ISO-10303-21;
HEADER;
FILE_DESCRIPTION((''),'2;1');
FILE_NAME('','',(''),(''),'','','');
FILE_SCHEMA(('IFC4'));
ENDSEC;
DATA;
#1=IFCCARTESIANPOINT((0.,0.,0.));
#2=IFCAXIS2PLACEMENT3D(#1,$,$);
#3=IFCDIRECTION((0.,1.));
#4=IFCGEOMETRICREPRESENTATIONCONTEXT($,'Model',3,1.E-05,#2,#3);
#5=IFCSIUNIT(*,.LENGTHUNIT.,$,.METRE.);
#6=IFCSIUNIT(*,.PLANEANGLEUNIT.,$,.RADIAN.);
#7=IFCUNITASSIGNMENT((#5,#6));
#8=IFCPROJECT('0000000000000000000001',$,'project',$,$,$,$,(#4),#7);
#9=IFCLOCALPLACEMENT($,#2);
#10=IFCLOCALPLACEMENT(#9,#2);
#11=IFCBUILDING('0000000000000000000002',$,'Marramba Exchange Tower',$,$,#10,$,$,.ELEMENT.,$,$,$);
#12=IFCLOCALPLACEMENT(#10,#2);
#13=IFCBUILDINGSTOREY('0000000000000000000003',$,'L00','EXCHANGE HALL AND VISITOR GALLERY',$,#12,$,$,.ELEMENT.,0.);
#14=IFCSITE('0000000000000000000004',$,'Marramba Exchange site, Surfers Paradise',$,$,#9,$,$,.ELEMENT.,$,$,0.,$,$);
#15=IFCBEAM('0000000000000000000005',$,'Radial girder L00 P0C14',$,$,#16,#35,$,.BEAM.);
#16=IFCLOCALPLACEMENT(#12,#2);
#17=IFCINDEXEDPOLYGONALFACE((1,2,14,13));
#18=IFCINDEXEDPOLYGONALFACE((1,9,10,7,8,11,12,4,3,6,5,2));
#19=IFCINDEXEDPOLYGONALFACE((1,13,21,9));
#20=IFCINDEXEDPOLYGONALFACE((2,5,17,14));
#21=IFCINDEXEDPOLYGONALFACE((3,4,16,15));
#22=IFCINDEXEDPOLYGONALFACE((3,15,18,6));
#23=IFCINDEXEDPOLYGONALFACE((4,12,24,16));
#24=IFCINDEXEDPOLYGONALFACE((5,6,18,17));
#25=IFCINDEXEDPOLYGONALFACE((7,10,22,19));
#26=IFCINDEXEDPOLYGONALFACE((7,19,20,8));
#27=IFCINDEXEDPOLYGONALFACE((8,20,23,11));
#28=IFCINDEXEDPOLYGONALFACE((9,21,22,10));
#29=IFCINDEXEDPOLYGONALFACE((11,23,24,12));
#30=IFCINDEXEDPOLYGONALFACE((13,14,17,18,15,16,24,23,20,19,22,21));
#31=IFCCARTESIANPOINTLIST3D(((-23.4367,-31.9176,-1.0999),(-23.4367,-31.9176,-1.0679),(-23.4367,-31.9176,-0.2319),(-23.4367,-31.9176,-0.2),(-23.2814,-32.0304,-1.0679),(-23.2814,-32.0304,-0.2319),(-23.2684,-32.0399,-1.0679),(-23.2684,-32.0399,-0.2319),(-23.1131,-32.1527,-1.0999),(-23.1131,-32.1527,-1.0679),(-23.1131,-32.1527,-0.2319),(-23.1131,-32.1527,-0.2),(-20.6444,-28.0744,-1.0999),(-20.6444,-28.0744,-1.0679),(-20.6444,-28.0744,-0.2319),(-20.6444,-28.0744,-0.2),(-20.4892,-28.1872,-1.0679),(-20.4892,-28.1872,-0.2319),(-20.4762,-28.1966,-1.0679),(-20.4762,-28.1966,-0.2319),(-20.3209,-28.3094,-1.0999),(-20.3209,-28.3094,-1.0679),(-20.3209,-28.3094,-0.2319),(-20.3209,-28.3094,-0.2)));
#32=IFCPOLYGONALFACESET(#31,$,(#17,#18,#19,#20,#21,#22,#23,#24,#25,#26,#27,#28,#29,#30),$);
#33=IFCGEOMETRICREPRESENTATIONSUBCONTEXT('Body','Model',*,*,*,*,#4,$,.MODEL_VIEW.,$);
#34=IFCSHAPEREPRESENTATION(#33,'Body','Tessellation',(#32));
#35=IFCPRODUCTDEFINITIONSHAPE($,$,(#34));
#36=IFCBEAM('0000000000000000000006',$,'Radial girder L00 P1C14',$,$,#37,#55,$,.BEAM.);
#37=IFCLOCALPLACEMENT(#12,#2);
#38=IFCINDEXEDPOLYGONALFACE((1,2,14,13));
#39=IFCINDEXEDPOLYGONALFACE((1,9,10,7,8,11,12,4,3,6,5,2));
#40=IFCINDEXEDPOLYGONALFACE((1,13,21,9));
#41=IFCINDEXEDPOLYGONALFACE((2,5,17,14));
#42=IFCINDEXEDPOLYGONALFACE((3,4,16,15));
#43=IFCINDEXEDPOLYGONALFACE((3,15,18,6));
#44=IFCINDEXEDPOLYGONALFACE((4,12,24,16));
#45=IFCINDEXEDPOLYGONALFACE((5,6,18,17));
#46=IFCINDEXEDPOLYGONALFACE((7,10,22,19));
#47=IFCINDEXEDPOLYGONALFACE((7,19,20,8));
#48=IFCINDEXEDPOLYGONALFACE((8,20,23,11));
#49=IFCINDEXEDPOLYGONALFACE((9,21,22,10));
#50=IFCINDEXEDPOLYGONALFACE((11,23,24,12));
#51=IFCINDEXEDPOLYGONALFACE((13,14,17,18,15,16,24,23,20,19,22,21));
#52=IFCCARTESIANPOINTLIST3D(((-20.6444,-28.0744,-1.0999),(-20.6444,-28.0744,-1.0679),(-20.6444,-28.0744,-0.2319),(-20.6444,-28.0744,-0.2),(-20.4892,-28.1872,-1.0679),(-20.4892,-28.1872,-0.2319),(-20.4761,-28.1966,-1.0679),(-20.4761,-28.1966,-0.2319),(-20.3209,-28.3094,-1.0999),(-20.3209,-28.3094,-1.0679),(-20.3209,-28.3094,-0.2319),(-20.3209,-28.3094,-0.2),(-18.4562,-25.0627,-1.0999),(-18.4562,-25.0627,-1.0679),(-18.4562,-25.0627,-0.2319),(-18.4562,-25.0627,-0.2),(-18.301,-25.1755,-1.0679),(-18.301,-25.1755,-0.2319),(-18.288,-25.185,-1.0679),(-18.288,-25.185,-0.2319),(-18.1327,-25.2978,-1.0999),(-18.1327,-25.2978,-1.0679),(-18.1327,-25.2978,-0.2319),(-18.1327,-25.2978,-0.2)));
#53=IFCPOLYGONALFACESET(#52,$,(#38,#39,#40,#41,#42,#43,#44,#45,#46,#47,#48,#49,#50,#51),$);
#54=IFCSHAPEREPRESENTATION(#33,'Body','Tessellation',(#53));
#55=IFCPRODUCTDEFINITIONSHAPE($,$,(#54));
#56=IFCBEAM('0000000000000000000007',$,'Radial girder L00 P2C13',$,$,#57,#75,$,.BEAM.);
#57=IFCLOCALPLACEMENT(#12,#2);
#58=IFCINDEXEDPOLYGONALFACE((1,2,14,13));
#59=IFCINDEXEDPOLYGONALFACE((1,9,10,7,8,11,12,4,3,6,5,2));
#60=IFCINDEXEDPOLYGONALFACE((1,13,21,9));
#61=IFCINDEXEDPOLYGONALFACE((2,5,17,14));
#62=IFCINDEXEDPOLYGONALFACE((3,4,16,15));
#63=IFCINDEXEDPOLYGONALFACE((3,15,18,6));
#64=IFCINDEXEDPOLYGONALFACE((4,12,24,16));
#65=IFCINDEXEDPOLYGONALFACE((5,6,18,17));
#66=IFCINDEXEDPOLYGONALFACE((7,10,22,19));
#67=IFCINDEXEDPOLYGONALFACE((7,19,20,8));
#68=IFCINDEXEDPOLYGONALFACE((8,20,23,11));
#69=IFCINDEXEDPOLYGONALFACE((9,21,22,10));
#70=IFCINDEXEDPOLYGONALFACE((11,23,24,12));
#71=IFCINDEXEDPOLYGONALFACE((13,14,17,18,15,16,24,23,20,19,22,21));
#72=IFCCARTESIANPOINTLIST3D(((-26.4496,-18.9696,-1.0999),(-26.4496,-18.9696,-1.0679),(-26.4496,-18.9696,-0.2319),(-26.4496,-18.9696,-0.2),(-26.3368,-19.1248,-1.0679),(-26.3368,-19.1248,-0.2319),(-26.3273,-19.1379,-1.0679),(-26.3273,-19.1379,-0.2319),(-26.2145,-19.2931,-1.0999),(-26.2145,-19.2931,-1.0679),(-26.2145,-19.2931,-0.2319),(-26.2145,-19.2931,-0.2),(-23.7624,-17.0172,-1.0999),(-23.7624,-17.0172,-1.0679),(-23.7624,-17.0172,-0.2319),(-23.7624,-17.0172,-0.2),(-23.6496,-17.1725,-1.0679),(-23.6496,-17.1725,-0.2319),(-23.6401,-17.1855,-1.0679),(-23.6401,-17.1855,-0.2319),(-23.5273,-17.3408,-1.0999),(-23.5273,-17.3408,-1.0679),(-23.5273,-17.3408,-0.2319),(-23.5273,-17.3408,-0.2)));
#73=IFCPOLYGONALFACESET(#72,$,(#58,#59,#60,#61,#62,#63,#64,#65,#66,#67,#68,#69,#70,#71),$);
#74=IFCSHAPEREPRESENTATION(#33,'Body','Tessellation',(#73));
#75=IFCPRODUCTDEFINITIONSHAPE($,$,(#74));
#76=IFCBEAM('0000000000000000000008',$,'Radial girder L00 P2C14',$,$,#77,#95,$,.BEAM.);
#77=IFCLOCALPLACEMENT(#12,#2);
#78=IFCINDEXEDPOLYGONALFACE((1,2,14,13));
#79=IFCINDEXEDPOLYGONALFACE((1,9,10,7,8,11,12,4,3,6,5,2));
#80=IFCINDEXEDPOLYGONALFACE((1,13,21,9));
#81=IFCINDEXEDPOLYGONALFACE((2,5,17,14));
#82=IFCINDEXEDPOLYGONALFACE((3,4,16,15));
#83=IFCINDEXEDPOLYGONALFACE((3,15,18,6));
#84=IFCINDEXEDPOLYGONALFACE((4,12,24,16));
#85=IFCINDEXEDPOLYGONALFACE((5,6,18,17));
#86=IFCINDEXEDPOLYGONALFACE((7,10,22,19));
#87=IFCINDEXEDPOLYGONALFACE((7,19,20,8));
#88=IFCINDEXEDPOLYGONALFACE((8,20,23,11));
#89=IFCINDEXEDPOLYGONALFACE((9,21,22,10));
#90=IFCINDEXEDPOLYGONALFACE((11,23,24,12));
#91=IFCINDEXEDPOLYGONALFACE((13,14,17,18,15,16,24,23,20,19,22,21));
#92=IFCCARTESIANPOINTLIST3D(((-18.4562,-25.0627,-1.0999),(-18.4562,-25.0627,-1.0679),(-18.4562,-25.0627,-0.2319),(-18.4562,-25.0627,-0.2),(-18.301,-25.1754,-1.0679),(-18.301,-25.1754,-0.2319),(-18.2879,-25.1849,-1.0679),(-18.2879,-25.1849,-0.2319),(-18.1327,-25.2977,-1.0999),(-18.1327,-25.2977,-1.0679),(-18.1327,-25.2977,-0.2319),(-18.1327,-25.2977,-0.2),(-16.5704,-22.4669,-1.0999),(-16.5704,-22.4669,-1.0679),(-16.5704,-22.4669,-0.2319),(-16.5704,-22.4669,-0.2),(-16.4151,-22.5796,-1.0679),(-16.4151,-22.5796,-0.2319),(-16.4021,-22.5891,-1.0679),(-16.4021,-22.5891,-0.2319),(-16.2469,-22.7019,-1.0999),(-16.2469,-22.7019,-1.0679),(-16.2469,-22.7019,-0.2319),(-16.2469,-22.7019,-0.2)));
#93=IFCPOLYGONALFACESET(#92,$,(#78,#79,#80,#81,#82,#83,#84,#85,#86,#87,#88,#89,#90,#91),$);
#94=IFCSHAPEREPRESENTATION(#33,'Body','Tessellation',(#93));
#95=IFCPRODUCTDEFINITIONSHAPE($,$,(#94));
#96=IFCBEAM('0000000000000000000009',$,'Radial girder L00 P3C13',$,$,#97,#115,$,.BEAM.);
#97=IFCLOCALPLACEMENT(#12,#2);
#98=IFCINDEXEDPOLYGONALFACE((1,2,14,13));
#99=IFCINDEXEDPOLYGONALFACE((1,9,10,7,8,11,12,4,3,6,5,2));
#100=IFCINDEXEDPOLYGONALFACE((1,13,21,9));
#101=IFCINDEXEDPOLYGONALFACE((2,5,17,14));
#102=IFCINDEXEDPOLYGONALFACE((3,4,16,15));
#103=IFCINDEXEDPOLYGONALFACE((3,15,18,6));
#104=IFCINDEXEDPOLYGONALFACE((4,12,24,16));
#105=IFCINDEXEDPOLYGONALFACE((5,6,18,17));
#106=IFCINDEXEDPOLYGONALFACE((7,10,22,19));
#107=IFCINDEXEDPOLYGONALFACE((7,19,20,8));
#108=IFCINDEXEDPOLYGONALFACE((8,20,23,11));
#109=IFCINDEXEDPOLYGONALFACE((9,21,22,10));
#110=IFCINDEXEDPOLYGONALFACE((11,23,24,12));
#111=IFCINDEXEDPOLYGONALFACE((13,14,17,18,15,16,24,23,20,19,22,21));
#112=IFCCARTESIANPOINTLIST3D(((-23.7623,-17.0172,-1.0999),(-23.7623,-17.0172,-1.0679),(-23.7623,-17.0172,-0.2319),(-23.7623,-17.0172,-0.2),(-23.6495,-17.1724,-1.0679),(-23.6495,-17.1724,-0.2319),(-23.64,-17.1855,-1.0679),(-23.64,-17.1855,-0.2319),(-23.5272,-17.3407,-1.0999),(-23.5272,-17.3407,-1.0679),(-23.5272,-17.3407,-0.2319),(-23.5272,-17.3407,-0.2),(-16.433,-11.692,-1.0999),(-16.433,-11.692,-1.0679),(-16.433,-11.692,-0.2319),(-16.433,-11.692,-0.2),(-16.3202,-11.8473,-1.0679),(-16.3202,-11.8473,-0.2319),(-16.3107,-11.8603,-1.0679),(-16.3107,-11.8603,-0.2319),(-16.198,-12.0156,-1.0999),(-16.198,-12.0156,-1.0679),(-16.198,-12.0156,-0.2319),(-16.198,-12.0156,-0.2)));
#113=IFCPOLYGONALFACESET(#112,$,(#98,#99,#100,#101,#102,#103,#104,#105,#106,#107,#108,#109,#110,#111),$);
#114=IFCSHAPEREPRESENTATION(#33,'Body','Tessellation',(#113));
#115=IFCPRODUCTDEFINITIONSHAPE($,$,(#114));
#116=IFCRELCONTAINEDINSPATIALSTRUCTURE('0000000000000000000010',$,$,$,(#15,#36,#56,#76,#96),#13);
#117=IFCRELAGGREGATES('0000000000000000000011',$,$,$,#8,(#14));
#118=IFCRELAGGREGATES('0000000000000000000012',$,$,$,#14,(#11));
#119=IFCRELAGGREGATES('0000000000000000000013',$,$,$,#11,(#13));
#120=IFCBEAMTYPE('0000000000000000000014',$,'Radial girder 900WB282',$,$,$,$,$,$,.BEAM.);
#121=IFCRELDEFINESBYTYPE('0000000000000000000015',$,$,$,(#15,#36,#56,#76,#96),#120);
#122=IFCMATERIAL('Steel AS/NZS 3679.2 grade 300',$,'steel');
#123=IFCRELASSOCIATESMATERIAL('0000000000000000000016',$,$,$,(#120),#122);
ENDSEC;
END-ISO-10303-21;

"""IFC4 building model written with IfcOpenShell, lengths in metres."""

from ifc_helpers import new_model, si_unit, direction, frame, origin, origin_2d, place, context, subcontext, project, spatial, i_section, extrude, material, material_profile, profile_set, type_object, element, save


model = new_model("IFC4")

# Units and contexts
model_context = context("Model", 3, precision=1e-05, world=origin(), true_north=direction((0.0, 1.0)))
body_context = subcontext(model_context, "Body", "Model", "MODEL_VIEW")
ifc_project = project(units=[si_unit("LENGTHUNIT", "METRE"), si_unit("PLANEANGLEUNIT", "RADIAN")], contexts=[model_context])

# Site, building, storey
site_placement = place(None, origin())
site = spatial("IfcSite", under=ifc_project, at=site_placement, Name="Marramba Exchange site, Surfers Paradise", CompositionType="ELEMENT", RefElevation=0.0)
building_placement = place(site_placement, origin())
building = spatial("IfcBuilding", under=site, at=building_placement, Name="Marramba Exchange Tower", CompositionType="ELEMENT")
storey_placement = place(building_placement, origin())
storey = spatial("IfcBuildingStorey", under=building, at=storey_placement, Name="L00", Description="EXCHANGE HALL AND VISITOR GALLERY", CompositionType="ELEMENT", Elevation=0.0)

# Beams
ifc_material_1 = material(Name="Steel AS/NZS 3679.2 grade 300", Category="steel")
ifc_material_profile_1 = material_profile(ifc_material_1, i_section(OverallWidth=0.3999, OverallDepth=0.8999, WebThickness=0.0161, FlangeThickness=0.032, at=origin_2d()), Name="900WB282")
ifc_profile_set_1 = profile_set([ifc_material_profile_1], Name="Steel AS/NZS 3679.2 grade 300")
beam_type_1 = type_object("IfcBeamType", Name="Radial girder 900WB282", PredefinedType="BEAM", material=ifc_profile_set_1)
beam_1_placement = place(storey_placement, frame((-23.2749, -32.0352, -0.6499), z_axis=(0.587777, 0.809023, 0.0), x_axis=(-0.809023, 0.587777, 0.0)))
element("IfcBeam", 1, at=beam_1_placement, inside=storey, type_object=beam_type_1, Name="Radial girder L00 P0C14", PredefinedType="BEAM", context=body_context, shape_type="SweptSolid", body=[
    extrude(i_section(OverallWidth=0.3999, OverallDepth=0.8999, WebThickness=0.0161, FlangeThickness=0.032, at=origin_2d()), origin(), (0.0, 0.0, 1.0), 4.7505),
])
beam_2_placement = place(storey_placement, frame((-20.4827, -28.1919, -0.6499), z_axis=(0.587801, 0.809005, 0.0), x_axis=(-0.809005, 0.587801, 0.0)))
element("IfcBeam", 2, at=beam_2_placement, inside=storey, type_object=beam_type_1, Name="Radial girder L00 P1C14", PredefinedType="BEAM", context=body_context, shape_type="SweptSolid", body=[
    extrude(i_section(OverallWidth=0.3999, OverallDepth=0.8999, WebThickness=0.0161, FlangeThickness=0.032, at=origin_2d()), origin(), (0.0, 0.0, 1.0), 3.7227),
])
beam_3_placement = place(storey_placement, frame((-26.332, -19.1313, -0.6499), z_axis=(0.809019, 0.587783, 0.0), x_axis=(-0.587783, 0.809019, 0.0)))
element("IfcBeam", 3, at=beam_3_placement, inside=storey, type_object=beam_type_1, Name="Radial girder L00 P2C13", PredefinedType="BEAM", context=body_context, shape_type="SweptSolid", body=[
    extrude(i_section(OverallWidth=0.3999, OverallDepth=0.8999, WebThickness=0.0161, FlangeThickness=0.032, at=origin_2d()), origin(), (0.0, 0.0, 1.0), 3.3215),
])
beam_4_placement = place(storey_placement, frame((-18.2944, -25.1802, -0.6499), z_axis=(0.587755, 0.809039, 0.0), x_axis=(-0.809039, 0.587755, 0.0)))
element("IfcBeam", 4, at=beam_4_placement, inside=storey, type_object=beam_type_1, Name="Radial girder L00 P2C14", PredefinedType="BEAM", context=body_context, shape_type="SweptSolid", body=[
    extrude(i_section(OverallWidth=0.3999, OverallDepth=0.8999, WebThickness=0.0161, FlangeThickness=0.032, at=origin_2d()), origin(), (0.0, 0.0, 1.0), 3.2085),
])
beam_5_placement = place(storey_placement, frame((-23.6448, -17.179, -0.6499), z_axis=(0.809011, 0.587793, 0.0), x_axis=(-0.587793, 0.809011, 0.0)))
element("IfcBeam", 5, at=beam_5_placement, inside=storey, type_object=beam_type_1, Name="Radial girder L00 P3C13", PredefinedType="BEAM", context=body_context, shape_type="SweptSolid", body=[
    extrude(i_section(OverallWidth=0.3999, OverallDepth=0.8999, WebThickness=0.0161, FlangeThickness=0.032, at=origin_2d()), origin(), (0.0, 0.0, 1.0), 9.0596),
])

save(model, "model.ifc")
